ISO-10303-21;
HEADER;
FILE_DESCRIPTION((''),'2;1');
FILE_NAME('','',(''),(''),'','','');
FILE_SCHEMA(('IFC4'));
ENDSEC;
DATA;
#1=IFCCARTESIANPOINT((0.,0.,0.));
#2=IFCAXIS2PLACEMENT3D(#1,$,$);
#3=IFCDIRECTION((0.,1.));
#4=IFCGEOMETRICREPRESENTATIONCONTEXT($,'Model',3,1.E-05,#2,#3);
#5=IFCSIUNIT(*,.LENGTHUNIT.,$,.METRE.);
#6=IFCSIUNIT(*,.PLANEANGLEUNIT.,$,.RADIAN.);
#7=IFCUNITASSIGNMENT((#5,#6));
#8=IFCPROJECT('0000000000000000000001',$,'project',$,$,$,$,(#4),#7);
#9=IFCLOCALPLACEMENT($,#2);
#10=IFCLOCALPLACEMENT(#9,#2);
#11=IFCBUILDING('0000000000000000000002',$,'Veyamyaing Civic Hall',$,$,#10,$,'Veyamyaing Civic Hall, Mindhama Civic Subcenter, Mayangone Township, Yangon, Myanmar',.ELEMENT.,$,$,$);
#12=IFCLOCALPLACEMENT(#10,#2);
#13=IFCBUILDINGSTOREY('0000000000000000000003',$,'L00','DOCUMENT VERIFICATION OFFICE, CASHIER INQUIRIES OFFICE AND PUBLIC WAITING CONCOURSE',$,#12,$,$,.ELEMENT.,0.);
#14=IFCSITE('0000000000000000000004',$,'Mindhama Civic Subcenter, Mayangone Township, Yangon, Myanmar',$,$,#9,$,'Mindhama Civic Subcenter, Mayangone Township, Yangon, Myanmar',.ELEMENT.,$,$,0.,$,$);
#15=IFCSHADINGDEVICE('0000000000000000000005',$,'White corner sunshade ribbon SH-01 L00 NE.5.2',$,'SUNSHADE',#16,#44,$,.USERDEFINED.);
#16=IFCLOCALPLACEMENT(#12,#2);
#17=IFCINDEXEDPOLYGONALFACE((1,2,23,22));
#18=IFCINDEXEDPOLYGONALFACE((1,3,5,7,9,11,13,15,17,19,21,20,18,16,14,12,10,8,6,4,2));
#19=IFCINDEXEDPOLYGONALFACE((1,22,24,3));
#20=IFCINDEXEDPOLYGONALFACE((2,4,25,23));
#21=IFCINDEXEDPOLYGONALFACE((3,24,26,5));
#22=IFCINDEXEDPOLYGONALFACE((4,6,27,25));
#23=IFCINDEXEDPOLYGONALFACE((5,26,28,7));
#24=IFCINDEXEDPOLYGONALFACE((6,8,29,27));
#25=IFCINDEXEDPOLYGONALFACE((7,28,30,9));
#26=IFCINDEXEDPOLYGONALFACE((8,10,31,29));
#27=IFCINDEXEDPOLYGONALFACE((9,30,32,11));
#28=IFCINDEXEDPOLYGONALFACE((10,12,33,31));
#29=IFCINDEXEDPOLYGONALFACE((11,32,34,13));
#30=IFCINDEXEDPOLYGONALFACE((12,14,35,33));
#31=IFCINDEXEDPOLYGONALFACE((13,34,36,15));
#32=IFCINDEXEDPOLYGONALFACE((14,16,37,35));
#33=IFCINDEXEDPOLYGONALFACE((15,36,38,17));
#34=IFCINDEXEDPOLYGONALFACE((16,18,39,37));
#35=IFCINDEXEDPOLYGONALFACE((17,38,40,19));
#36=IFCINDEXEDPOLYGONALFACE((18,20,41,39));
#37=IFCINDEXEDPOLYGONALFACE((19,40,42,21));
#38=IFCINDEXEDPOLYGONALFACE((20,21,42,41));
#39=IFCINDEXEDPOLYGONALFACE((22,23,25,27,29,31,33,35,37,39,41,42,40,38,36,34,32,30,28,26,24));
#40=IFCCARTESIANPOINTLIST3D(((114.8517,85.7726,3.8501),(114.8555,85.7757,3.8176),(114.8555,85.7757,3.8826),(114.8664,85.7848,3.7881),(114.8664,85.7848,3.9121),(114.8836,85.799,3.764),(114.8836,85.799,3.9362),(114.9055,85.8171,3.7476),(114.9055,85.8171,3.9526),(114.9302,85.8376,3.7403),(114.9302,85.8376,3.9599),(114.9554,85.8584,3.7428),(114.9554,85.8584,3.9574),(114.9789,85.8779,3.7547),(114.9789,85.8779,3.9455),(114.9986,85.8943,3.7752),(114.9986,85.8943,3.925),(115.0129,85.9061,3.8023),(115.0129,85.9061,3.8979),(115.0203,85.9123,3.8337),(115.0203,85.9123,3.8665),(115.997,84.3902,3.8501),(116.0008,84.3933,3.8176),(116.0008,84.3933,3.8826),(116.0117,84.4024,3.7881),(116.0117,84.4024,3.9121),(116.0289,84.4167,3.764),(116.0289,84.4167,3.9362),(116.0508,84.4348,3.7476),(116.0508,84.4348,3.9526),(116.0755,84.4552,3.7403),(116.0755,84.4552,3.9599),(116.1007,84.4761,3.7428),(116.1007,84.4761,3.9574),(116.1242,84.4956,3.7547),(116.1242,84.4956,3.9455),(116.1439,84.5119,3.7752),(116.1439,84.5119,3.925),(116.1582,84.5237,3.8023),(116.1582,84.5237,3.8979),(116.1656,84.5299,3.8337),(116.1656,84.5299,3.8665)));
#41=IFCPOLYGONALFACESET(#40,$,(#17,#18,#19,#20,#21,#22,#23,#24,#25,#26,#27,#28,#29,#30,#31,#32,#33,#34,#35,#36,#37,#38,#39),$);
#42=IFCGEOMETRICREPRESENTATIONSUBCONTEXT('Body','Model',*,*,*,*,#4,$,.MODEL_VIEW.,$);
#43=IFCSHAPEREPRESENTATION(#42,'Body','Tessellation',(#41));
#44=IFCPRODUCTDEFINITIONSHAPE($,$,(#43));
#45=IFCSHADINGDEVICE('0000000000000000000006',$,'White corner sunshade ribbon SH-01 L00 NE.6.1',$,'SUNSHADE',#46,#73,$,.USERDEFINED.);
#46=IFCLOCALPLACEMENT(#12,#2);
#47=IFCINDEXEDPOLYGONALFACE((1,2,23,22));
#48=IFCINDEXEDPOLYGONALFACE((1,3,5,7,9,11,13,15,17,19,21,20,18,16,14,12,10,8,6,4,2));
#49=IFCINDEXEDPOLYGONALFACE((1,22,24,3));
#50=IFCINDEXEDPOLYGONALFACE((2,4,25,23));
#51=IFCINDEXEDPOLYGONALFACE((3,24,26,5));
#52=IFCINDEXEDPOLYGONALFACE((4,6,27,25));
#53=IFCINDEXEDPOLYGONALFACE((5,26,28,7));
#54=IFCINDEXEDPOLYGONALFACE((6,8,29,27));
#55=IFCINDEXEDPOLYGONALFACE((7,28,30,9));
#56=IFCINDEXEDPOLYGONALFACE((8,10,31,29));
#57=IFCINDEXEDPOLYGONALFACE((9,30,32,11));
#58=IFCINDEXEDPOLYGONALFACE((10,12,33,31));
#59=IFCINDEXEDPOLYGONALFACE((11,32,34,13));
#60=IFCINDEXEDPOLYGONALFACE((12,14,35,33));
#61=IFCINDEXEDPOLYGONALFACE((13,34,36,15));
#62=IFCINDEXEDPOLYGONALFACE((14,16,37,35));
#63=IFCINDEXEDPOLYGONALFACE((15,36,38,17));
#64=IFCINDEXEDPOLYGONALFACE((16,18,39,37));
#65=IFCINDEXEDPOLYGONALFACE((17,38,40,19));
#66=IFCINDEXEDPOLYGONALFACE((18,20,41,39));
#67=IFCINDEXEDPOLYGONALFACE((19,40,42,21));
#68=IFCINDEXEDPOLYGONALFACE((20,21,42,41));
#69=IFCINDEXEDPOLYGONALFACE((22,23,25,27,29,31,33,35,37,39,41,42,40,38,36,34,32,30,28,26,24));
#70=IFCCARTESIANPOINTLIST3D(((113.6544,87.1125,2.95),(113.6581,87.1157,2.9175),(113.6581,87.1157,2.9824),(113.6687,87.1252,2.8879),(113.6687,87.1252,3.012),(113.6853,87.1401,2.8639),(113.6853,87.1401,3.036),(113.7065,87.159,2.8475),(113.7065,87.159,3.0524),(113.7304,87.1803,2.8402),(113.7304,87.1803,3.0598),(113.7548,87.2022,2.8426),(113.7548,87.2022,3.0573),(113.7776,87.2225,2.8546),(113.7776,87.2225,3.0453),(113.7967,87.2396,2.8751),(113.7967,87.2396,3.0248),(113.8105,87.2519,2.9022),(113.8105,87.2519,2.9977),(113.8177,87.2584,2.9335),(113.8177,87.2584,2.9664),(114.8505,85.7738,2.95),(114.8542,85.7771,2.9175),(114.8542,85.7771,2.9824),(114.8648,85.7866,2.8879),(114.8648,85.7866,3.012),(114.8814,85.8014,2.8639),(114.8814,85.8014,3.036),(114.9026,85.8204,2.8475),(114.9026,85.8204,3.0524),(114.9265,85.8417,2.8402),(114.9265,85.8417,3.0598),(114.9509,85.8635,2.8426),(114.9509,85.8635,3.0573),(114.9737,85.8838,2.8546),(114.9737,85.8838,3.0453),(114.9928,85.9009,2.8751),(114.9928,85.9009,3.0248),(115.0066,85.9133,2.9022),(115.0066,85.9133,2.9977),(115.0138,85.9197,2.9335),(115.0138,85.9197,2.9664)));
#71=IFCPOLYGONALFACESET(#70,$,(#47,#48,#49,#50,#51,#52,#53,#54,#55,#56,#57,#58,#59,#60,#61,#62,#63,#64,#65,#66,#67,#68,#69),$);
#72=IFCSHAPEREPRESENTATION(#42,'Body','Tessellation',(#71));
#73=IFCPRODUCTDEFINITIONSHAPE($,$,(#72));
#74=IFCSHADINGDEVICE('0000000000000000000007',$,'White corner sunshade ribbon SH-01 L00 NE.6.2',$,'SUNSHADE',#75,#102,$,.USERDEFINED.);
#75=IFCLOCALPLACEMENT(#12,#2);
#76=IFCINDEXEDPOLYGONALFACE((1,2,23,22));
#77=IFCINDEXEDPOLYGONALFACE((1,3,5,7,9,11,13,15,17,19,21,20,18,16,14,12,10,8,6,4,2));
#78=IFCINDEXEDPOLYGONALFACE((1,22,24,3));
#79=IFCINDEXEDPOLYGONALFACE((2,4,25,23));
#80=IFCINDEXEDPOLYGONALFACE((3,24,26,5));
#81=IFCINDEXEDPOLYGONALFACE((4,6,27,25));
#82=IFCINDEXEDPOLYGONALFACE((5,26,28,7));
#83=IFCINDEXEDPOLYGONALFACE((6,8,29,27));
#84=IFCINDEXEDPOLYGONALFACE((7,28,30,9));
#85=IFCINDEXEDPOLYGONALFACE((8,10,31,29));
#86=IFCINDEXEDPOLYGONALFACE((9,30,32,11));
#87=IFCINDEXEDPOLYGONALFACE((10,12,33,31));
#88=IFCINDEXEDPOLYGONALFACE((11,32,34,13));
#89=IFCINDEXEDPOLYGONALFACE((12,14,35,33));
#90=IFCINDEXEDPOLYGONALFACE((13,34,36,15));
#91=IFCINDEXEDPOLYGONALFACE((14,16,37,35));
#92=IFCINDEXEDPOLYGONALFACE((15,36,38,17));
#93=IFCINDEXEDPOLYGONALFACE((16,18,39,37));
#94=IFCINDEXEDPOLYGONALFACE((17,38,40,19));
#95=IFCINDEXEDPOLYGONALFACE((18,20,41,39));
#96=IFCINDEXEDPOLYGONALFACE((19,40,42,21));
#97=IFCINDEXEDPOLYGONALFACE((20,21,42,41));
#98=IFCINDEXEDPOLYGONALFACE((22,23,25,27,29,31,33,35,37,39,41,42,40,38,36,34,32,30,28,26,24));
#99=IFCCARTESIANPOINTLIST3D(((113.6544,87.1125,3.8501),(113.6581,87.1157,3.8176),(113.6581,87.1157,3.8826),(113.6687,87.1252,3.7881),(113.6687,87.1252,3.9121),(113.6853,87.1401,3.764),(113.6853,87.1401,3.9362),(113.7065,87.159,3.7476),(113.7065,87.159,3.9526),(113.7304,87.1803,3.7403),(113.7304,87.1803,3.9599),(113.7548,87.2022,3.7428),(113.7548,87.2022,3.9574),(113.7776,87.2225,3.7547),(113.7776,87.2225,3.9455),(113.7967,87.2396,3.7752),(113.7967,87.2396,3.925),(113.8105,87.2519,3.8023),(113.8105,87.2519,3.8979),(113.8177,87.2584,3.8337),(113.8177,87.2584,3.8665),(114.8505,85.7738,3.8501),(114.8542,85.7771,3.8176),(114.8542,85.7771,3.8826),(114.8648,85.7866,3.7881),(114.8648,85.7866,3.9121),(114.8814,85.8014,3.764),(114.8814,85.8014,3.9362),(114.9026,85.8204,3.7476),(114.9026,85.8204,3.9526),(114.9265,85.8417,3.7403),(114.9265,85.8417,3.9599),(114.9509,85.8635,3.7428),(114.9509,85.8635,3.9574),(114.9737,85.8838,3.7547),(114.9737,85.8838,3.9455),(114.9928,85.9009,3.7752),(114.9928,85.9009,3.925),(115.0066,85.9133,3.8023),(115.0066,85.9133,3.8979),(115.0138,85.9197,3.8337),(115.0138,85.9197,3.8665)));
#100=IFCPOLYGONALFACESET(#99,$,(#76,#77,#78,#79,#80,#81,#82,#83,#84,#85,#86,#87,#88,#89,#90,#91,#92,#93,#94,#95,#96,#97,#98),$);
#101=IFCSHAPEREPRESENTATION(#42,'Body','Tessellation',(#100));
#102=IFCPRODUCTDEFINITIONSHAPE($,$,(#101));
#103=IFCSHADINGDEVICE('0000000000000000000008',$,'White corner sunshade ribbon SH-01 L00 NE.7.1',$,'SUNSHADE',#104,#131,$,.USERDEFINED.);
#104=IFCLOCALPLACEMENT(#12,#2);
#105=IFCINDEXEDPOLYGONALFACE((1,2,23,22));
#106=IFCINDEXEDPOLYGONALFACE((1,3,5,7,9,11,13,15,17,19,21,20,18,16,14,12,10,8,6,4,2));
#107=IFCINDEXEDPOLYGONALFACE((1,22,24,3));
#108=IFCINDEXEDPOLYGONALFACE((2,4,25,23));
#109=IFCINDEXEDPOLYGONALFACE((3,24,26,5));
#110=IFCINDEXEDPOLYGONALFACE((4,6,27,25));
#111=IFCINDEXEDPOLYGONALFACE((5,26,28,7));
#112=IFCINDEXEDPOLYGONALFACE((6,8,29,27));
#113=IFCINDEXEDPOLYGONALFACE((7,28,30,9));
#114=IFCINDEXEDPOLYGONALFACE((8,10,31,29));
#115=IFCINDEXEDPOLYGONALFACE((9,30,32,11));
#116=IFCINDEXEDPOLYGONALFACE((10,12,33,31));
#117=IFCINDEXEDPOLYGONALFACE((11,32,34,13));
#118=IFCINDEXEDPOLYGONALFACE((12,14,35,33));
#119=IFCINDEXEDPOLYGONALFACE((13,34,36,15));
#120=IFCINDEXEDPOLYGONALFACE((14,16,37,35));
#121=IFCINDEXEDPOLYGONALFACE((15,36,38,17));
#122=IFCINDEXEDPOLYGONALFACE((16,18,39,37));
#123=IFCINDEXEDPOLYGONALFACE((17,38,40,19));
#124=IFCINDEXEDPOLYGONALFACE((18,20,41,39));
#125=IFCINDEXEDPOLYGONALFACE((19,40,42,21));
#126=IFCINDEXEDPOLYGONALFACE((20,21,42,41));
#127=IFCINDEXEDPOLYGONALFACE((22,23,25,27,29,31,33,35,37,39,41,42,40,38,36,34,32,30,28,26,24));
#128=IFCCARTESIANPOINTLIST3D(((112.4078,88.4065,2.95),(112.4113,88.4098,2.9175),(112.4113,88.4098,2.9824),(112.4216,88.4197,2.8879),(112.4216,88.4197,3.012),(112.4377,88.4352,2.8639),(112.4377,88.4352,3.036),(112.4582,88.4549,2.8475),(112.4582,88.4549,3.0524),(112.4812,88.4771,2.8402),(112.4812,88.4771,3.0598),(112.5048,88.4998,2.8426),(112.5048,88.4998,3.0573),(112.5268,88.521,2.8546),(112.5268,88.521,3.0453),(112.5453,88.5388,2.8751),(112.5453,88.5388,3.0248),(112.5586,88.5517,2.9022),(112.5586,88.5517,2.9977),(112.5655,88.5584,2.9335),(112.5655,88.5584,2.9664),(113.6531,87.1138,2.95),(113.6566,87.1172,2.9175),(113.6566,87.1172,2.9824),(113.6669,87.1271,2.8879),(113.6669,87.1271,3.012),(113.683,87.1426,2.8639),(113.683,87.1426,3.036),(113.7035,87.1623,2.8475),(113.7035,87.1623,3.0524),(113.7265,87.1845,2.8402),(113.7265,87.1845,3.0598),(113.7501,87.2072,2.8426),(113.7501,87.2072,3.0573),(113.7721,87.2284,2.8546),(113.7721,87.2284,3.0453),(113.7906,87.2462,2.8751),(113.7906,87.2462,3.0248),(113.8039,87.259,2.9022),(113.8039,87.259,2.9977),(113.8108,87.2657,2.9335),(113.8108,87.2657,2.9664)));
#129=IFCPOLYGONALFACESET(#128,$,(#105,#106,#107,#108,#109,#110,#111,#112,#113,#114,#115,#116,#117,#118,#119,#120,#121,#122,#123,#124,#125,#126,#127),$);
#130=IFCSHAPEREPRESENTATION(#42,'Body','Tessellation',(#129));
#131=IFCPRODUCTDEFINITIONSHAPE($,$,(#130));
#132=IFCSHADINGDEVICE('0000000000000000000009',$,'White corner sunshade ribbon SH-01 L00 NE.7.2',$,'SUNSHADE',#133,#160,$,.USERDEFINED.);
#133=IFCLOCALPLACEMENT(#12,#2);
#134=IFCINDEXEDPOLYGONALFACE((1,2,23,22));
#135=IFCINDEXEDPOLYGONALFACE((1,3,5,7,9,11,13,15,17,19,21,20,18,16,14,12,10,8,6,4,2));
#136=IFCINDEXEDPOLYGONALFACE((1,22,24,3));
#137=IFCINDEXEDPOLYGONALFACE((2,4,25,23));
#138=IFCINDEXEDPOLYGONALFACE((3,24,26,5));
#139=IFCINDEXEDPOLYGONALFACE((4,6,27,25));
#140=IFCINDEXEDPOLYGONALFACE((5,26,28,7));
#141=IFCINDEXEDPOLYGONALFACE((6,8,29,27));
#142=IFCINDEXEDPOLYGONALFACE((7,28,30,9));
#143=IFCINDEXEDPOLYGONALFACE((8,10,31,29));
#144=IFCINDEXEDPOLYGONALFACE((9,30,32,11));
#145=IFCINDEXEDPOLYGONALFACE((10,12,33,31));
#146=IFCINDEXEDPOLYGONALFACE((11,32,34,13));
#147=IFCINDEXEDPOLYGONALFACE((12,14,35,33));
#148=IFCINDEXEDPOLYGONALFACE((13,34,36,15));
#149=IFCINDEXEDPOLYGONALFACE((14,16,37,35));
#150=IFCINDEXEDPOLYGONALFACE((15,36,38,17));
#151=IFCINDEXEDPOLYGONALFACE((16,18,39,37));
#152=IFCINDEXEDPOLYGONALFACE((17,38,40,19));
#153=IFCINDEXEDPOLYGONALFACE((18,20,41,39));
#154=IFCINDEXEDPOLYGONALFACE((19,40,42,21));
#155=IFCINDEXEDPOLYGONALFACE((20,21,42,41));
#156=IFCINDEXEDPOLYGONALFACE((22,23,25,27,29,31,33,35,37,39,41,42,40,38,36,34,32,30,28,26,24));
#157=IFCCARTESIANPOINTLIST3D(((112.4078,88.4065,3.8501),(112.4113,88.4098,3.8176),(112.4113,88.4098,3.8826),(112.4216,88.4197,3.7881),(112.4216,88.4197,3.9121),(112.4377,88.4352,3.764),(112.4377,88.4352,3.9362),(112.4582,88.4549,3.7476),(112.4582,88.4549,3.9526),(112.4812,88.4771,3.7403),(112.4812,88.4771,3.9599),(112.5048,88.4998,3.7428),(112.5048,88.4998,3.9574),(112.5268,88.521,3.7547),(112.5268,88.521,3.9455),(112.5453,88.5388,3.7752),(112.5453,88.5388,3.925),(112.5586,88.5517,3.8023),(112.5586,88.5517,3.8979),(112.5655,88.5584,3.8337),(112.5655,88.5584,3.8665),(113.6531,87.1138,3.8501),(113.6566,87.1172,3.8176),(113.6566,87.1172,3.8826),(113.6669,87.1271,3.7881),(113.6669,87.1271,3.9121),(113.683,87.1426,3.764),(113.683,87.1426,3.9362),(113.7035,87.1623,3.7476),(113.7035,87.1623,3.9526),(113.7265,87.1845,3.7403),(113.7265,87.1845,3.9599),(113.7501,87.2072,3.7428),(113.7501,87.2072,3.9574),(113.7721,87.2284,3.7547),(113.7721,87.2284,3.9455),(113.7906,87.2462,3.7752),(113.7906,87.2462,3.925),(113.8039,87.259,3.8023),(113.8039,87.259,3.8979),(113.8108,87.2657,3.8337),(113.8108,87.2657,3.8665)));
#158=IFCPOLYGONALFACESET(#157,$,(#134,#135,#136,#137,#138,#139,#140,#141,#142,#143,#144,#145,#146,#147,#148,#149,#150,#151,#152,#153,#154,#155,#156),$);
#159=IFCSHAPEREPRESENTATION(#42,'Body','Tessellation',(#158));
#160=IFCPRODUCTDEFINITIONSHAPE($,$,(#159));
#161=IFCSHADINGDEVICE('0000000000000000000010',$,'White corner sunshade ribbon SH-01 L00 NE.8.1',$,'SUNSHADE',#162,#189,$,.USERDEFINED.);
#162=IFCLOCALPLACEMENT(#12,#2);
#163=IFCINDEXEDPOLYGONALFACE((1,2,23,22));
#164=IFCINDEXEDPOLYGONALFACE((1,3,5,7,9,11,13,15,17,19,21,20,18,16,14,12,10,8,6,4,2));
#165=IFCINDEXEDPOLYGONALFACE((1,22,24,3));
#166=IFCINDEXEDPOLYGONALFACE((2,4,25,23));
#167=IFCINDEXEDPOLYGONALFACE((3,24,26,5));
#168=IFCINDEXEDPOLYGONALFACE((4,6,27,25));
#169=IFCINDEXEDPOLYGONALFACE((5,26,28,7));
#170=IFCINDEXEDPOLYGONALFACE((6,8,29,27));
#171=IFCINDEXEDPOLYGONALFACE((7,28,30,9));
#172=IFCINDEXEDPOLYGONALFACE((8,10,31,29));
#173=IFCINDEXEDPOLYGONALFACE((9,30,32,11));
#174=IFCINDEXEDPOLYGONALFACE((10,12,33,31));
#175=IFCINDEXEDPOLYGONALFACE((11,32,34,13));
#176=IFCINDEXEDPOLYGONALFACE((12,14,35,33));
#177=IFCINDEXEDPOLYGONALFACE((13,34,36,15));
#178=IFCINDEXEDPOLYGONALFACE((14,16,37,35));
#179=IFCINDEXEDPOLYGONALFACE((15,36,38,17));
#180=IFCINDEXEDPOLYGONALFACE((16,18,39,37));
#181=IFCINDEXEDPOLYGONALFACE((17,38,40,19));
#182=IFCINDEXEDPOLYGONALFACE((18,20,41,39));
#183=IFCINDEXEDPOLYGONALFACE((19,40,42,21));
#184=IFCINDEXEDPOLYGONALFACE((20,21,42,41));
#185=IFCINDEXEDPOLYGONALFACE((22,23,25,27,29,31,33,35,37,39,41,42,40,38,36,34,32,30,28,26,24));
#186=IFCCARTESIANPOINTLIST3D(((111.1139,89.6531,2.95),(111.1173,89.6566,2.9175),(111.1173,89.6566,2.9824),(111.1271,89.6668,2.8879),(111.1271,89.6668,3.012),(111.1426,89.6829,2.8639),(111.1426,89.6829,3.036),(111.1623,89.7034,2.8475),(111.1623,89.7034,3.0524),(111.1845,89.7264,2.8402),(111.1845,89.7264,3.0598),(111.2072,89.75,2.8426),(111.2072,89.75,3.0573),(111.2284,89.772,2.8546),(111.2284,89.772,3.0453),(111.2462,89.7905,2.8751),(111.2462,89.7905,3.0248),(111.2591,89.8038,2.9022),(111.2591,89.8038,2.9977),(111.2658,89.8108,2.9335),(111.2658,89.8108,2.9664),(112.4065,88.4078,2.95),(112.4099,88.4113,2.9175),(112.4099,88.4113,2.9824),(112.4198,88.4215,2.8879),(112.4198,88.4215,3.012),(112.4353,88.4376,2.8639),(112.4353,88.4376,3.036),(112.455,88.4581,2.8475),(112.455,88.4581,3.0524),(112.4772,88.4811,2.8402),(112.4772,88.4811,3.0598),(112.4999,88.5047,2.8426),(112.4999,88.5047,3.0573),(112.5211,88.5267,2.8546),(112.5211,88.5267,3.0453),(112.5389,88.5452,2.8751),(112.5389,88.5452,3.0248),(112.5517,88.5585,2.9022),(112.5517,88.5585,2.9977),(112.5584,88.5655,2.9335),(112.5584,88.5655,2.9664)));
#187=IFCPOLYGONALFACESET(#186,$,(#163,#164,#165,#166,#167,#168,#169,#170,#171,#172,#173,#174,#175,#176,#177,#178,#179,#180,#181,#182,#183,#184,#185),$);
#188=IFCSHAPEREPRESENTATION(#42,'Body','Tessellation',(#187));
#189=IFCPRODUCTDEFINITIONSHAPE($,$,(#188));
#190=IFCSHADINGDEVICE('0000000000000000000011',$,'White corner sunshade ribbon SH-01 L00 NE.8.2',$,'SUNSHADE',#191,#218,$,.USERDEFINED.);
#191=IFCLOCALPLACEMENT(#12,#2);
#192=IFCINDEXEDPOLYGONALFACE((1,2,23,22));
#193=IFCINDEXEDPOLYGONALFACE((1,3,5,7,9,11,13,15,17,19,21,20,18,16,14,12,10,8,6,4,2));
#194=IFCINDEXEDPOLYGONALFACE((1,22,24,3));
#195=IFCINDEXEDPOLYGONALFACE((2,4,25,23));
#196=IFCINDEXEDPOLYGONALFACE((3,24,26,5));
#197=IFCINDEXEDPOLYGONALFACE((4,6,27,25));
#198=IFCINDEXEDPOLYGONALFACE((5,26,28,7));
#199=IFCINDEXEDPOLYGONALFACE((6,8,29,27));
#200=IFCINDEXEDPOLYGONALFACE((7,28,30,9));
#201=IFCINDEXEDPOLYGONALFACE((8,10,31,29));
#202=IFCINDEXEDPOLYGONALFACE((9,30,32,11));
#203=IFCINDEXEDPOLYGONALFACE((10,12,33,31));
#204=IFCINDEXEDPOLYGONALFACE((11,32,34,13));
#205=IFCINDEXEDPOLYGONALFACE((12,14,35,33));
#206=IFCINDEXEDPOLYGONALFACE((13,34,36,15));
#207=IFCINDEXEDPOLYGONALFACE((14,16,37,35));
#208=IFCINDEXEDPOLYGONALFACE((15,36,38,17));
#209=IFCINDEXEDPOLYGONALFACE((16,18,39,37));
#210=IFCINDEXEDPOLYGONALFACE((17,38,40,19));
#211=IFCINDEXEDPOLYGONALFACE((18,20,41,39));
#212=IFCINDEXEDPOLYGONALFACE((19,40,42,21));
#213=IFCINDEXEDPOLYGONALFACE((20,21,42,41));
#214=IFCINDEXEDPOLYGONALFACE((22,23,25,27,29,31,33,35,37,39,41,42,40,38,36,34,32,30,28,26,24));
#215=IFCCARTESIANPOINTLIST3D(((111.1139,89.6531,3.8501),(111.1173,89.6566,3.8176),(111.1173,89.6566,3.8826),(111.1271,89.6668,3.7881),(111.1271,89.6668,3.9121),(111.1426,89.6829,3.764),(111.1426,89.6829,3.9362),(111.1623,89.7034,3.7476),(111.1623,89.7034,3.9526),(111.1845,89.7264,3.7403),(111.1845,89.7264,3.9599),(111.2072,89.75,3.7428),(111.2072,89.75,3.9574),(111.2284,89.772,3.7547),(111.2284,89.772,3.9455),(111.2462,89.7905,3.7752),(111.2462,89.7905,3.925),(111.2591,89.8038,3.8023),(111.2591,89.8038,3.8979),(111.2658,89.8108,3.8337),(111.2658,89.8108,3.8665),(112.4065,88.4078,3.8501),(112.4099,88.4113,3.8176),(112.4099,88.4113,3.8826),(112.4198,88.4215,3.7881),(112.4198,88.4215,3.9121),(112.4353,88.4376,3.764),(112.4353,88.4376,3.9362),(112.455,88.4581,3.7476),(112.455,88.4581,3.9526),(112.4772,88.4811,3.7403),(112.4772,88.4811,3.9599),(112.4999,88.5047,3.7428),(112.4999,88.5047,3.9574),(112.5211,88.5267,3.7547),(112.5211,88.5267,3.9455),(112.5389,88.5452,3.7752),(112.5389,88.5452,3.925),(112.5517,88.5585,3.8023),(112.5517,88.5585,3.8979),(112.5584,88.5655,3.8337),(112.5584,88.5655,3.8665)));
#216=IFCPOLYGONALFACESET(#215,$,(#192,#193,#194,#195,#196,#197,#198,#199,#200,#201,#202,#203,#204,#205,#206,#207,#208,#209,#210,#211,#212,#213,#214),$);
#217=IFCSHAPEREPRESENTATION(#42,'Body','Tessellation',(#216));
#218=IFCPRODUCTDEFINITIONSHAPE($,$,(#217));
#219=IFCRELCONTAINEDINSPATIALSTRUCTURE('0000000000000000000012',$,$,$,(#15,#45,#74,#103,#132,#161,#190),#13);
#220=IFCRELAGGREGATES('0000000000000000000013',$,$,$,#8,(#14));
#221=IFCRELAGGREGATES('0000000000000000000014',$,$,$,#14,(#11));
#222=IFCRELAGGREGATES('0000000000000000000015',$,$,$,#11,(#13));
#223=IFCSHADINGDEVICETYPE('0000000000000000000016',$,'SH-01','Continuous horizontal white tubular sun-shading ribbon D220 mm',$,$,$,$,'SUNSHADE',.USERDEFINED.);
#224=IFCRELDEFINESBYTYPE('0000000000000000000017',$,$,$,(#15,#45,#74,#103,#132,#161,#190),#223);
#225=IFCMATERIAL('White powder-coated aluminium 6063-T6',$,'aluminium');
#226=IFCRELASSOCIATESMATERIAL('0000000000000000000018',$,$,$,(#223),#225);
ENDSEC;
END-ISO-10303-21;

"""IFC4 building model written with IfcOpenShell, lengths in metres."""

from ifc_helpers import new_model, si_unit, direction, frame, origin, origin_2d, place, context, subcontext, project, spatial, circle, extrude, material, material_profile, profile_set, type_object, element, save


model = new_model("IFC4")

# Units and contexts
model_context = context("Model", 3, precision=1e-05, world=origin(), true_north=direction((0.0, 1.0)))
body_context = subcontext(model_context, "Body", "Model", "MODEL_VIEW")
ifc_project = project(units=[si_unit("LENGTHUNIT", "METRE"), si_unit("PLANEANGLEUNIT", "RADIAN")], contexts=[model_context])

# Site, building, storey
site_placement = place(None, origin())
site = spatial("IfcSite", under=ifc_project, at=site_placement, Name="Mindhama Civic Subcenter, Mayangone Township, Yangon, Myanmar", LongName="Mindhama Civic Subcenter, Mayangone Township, Yangon, Myanmar", CompositionType="ELEMENT", RefElevation=0.0)
building_placement = place(site_placement, origin())
building = spatial("IfcBuilding", under=site, at=building_placement, Name="Veyamyaing Civic Hall", LongName="Veyamyaing Civic Hall, Mindhama Civic Subcenter, Mayangone Township, Yangon, Myanmar", CompositionType="ELEMENT")
storey_placement = place(building_placement, origin())
storey = spatial("IfcBuildingStorey", under=building, at=storey_placement, Name="L00", Description="DOCUMENT VERIFICATION OFFICE, CASHIER INQUIRIES OFFICE AND PUBLIC WAITING CONCOURSE", CompositionType="ELEMENT", Elevation=0.0)

# Shared definitions
ifc_material_1 = material(Name="White powder-coated aluminium 6063-T6", Category="aluminium")

# Shading devices
ifc_material_profile_1 = material_profile(ifc_material_1, circle(Radius=0.1101, at=origin_2d()), Name="SHADE-TUBE-220")
ifc_profile_set_1 = profile_set([ifc_material_profile_1], Name="White powder-coated aluminium 6063-T6")
shading_device_type_1 = type_object("IfcShadingDeviceType", Name="SH-01", Description="Continuous horizontal white tubular sun-shading ribbon D220 mm", ElementType="SUNSHADE", PredefinedType="USERDEFINED", material=ifc_profile_set_1)
for number, where, z_axis, x_axis, name in (
    (1, (116.0818, 84.4604, 3.8501), (-0.637988, 0.770046, 0.0), (-0.770046, -0.637988, 0.0), "White corner sunshade ribbon SH-01 L00 NE.5.2"),
    (2, (114.9326, 85.8472, 2.95), (-0.666278, 0.745704, 0.0), (-0.745704, -0.666278, 0.0), "White corner sunshade ribbon SH-01 L00 NE.6.1"),
    (3, (114.9326, 85.8472, 3.8501), (-0.666278, 0.745704, 0.0), (-0.745704, -0.666278, 0.0), "White corner sunshade ribbon SH-01 L00 NE.6.2"),
):
    element("IfcShadingDevice", number, at=place(storey_placement, frame(where, z_axis=z_axis, x_axis=x_axis)), inside=storey, type_object=shading_device_type_1, Name=name, ObjectType="SUNSHADE", PredefinedType="USERDEFINED", context=body_context, shape_type="SweptSolid", body=[
        extrude(circle(Radius=0.1101, at=origin_2d()), origin(), (0.0, 0.0, 1.0), 1.7952),
    ])
for number, where, z_axis, x_axis, name in (
    (4, (113.7324, 87.1902, 2.95), (-0.693791, 0.720177, 0.0), (-0.720177, -0.693791, 0.0), "White corner sunshade ribbon SH-01 L00 NE.7.1"),
    (5, (113.7324, 87.1902, 3.8501), (-0.693791, 0.720177, 0.0), (-0.720177, -0.693791, 0.0), "White corner sunshade ribbon SH-01 L00 NE.7.2"),
    (6, (112.4829, 88.4871, 2.95), (-0.720177, 0.693791, 0.0), (-0.693791, -0.720177, 0.0), "White corner sunshade ribbon SH-01 L00 NE.8.1"),
    (7, (112.4829, 88.4871, 3.8501), (-0.720177, 0.693791, 0.0), (-0.693791, -0.720177, 0.0), "White corner sunshade ribbon SH-01 L00 NE.8.2"),
):
    element("IfcShadingDevice", number, at=place(storey_placement, frame(where, z_axis=z_axis, x_axis=x_axis)), inside=storey, type_object=shading_device_type_1, Name=name, ObjectType="SUNSHADE", PredefinedType="USERDEFINED", context=body_context, shape_type="SweptSolid", body=[
        extrude(circle(Radius=0.1101, at=origin_2d()), origin(), (0.0, 0.0, 1.0), 1.7949),
    ])

save(model, "model.ifc")
